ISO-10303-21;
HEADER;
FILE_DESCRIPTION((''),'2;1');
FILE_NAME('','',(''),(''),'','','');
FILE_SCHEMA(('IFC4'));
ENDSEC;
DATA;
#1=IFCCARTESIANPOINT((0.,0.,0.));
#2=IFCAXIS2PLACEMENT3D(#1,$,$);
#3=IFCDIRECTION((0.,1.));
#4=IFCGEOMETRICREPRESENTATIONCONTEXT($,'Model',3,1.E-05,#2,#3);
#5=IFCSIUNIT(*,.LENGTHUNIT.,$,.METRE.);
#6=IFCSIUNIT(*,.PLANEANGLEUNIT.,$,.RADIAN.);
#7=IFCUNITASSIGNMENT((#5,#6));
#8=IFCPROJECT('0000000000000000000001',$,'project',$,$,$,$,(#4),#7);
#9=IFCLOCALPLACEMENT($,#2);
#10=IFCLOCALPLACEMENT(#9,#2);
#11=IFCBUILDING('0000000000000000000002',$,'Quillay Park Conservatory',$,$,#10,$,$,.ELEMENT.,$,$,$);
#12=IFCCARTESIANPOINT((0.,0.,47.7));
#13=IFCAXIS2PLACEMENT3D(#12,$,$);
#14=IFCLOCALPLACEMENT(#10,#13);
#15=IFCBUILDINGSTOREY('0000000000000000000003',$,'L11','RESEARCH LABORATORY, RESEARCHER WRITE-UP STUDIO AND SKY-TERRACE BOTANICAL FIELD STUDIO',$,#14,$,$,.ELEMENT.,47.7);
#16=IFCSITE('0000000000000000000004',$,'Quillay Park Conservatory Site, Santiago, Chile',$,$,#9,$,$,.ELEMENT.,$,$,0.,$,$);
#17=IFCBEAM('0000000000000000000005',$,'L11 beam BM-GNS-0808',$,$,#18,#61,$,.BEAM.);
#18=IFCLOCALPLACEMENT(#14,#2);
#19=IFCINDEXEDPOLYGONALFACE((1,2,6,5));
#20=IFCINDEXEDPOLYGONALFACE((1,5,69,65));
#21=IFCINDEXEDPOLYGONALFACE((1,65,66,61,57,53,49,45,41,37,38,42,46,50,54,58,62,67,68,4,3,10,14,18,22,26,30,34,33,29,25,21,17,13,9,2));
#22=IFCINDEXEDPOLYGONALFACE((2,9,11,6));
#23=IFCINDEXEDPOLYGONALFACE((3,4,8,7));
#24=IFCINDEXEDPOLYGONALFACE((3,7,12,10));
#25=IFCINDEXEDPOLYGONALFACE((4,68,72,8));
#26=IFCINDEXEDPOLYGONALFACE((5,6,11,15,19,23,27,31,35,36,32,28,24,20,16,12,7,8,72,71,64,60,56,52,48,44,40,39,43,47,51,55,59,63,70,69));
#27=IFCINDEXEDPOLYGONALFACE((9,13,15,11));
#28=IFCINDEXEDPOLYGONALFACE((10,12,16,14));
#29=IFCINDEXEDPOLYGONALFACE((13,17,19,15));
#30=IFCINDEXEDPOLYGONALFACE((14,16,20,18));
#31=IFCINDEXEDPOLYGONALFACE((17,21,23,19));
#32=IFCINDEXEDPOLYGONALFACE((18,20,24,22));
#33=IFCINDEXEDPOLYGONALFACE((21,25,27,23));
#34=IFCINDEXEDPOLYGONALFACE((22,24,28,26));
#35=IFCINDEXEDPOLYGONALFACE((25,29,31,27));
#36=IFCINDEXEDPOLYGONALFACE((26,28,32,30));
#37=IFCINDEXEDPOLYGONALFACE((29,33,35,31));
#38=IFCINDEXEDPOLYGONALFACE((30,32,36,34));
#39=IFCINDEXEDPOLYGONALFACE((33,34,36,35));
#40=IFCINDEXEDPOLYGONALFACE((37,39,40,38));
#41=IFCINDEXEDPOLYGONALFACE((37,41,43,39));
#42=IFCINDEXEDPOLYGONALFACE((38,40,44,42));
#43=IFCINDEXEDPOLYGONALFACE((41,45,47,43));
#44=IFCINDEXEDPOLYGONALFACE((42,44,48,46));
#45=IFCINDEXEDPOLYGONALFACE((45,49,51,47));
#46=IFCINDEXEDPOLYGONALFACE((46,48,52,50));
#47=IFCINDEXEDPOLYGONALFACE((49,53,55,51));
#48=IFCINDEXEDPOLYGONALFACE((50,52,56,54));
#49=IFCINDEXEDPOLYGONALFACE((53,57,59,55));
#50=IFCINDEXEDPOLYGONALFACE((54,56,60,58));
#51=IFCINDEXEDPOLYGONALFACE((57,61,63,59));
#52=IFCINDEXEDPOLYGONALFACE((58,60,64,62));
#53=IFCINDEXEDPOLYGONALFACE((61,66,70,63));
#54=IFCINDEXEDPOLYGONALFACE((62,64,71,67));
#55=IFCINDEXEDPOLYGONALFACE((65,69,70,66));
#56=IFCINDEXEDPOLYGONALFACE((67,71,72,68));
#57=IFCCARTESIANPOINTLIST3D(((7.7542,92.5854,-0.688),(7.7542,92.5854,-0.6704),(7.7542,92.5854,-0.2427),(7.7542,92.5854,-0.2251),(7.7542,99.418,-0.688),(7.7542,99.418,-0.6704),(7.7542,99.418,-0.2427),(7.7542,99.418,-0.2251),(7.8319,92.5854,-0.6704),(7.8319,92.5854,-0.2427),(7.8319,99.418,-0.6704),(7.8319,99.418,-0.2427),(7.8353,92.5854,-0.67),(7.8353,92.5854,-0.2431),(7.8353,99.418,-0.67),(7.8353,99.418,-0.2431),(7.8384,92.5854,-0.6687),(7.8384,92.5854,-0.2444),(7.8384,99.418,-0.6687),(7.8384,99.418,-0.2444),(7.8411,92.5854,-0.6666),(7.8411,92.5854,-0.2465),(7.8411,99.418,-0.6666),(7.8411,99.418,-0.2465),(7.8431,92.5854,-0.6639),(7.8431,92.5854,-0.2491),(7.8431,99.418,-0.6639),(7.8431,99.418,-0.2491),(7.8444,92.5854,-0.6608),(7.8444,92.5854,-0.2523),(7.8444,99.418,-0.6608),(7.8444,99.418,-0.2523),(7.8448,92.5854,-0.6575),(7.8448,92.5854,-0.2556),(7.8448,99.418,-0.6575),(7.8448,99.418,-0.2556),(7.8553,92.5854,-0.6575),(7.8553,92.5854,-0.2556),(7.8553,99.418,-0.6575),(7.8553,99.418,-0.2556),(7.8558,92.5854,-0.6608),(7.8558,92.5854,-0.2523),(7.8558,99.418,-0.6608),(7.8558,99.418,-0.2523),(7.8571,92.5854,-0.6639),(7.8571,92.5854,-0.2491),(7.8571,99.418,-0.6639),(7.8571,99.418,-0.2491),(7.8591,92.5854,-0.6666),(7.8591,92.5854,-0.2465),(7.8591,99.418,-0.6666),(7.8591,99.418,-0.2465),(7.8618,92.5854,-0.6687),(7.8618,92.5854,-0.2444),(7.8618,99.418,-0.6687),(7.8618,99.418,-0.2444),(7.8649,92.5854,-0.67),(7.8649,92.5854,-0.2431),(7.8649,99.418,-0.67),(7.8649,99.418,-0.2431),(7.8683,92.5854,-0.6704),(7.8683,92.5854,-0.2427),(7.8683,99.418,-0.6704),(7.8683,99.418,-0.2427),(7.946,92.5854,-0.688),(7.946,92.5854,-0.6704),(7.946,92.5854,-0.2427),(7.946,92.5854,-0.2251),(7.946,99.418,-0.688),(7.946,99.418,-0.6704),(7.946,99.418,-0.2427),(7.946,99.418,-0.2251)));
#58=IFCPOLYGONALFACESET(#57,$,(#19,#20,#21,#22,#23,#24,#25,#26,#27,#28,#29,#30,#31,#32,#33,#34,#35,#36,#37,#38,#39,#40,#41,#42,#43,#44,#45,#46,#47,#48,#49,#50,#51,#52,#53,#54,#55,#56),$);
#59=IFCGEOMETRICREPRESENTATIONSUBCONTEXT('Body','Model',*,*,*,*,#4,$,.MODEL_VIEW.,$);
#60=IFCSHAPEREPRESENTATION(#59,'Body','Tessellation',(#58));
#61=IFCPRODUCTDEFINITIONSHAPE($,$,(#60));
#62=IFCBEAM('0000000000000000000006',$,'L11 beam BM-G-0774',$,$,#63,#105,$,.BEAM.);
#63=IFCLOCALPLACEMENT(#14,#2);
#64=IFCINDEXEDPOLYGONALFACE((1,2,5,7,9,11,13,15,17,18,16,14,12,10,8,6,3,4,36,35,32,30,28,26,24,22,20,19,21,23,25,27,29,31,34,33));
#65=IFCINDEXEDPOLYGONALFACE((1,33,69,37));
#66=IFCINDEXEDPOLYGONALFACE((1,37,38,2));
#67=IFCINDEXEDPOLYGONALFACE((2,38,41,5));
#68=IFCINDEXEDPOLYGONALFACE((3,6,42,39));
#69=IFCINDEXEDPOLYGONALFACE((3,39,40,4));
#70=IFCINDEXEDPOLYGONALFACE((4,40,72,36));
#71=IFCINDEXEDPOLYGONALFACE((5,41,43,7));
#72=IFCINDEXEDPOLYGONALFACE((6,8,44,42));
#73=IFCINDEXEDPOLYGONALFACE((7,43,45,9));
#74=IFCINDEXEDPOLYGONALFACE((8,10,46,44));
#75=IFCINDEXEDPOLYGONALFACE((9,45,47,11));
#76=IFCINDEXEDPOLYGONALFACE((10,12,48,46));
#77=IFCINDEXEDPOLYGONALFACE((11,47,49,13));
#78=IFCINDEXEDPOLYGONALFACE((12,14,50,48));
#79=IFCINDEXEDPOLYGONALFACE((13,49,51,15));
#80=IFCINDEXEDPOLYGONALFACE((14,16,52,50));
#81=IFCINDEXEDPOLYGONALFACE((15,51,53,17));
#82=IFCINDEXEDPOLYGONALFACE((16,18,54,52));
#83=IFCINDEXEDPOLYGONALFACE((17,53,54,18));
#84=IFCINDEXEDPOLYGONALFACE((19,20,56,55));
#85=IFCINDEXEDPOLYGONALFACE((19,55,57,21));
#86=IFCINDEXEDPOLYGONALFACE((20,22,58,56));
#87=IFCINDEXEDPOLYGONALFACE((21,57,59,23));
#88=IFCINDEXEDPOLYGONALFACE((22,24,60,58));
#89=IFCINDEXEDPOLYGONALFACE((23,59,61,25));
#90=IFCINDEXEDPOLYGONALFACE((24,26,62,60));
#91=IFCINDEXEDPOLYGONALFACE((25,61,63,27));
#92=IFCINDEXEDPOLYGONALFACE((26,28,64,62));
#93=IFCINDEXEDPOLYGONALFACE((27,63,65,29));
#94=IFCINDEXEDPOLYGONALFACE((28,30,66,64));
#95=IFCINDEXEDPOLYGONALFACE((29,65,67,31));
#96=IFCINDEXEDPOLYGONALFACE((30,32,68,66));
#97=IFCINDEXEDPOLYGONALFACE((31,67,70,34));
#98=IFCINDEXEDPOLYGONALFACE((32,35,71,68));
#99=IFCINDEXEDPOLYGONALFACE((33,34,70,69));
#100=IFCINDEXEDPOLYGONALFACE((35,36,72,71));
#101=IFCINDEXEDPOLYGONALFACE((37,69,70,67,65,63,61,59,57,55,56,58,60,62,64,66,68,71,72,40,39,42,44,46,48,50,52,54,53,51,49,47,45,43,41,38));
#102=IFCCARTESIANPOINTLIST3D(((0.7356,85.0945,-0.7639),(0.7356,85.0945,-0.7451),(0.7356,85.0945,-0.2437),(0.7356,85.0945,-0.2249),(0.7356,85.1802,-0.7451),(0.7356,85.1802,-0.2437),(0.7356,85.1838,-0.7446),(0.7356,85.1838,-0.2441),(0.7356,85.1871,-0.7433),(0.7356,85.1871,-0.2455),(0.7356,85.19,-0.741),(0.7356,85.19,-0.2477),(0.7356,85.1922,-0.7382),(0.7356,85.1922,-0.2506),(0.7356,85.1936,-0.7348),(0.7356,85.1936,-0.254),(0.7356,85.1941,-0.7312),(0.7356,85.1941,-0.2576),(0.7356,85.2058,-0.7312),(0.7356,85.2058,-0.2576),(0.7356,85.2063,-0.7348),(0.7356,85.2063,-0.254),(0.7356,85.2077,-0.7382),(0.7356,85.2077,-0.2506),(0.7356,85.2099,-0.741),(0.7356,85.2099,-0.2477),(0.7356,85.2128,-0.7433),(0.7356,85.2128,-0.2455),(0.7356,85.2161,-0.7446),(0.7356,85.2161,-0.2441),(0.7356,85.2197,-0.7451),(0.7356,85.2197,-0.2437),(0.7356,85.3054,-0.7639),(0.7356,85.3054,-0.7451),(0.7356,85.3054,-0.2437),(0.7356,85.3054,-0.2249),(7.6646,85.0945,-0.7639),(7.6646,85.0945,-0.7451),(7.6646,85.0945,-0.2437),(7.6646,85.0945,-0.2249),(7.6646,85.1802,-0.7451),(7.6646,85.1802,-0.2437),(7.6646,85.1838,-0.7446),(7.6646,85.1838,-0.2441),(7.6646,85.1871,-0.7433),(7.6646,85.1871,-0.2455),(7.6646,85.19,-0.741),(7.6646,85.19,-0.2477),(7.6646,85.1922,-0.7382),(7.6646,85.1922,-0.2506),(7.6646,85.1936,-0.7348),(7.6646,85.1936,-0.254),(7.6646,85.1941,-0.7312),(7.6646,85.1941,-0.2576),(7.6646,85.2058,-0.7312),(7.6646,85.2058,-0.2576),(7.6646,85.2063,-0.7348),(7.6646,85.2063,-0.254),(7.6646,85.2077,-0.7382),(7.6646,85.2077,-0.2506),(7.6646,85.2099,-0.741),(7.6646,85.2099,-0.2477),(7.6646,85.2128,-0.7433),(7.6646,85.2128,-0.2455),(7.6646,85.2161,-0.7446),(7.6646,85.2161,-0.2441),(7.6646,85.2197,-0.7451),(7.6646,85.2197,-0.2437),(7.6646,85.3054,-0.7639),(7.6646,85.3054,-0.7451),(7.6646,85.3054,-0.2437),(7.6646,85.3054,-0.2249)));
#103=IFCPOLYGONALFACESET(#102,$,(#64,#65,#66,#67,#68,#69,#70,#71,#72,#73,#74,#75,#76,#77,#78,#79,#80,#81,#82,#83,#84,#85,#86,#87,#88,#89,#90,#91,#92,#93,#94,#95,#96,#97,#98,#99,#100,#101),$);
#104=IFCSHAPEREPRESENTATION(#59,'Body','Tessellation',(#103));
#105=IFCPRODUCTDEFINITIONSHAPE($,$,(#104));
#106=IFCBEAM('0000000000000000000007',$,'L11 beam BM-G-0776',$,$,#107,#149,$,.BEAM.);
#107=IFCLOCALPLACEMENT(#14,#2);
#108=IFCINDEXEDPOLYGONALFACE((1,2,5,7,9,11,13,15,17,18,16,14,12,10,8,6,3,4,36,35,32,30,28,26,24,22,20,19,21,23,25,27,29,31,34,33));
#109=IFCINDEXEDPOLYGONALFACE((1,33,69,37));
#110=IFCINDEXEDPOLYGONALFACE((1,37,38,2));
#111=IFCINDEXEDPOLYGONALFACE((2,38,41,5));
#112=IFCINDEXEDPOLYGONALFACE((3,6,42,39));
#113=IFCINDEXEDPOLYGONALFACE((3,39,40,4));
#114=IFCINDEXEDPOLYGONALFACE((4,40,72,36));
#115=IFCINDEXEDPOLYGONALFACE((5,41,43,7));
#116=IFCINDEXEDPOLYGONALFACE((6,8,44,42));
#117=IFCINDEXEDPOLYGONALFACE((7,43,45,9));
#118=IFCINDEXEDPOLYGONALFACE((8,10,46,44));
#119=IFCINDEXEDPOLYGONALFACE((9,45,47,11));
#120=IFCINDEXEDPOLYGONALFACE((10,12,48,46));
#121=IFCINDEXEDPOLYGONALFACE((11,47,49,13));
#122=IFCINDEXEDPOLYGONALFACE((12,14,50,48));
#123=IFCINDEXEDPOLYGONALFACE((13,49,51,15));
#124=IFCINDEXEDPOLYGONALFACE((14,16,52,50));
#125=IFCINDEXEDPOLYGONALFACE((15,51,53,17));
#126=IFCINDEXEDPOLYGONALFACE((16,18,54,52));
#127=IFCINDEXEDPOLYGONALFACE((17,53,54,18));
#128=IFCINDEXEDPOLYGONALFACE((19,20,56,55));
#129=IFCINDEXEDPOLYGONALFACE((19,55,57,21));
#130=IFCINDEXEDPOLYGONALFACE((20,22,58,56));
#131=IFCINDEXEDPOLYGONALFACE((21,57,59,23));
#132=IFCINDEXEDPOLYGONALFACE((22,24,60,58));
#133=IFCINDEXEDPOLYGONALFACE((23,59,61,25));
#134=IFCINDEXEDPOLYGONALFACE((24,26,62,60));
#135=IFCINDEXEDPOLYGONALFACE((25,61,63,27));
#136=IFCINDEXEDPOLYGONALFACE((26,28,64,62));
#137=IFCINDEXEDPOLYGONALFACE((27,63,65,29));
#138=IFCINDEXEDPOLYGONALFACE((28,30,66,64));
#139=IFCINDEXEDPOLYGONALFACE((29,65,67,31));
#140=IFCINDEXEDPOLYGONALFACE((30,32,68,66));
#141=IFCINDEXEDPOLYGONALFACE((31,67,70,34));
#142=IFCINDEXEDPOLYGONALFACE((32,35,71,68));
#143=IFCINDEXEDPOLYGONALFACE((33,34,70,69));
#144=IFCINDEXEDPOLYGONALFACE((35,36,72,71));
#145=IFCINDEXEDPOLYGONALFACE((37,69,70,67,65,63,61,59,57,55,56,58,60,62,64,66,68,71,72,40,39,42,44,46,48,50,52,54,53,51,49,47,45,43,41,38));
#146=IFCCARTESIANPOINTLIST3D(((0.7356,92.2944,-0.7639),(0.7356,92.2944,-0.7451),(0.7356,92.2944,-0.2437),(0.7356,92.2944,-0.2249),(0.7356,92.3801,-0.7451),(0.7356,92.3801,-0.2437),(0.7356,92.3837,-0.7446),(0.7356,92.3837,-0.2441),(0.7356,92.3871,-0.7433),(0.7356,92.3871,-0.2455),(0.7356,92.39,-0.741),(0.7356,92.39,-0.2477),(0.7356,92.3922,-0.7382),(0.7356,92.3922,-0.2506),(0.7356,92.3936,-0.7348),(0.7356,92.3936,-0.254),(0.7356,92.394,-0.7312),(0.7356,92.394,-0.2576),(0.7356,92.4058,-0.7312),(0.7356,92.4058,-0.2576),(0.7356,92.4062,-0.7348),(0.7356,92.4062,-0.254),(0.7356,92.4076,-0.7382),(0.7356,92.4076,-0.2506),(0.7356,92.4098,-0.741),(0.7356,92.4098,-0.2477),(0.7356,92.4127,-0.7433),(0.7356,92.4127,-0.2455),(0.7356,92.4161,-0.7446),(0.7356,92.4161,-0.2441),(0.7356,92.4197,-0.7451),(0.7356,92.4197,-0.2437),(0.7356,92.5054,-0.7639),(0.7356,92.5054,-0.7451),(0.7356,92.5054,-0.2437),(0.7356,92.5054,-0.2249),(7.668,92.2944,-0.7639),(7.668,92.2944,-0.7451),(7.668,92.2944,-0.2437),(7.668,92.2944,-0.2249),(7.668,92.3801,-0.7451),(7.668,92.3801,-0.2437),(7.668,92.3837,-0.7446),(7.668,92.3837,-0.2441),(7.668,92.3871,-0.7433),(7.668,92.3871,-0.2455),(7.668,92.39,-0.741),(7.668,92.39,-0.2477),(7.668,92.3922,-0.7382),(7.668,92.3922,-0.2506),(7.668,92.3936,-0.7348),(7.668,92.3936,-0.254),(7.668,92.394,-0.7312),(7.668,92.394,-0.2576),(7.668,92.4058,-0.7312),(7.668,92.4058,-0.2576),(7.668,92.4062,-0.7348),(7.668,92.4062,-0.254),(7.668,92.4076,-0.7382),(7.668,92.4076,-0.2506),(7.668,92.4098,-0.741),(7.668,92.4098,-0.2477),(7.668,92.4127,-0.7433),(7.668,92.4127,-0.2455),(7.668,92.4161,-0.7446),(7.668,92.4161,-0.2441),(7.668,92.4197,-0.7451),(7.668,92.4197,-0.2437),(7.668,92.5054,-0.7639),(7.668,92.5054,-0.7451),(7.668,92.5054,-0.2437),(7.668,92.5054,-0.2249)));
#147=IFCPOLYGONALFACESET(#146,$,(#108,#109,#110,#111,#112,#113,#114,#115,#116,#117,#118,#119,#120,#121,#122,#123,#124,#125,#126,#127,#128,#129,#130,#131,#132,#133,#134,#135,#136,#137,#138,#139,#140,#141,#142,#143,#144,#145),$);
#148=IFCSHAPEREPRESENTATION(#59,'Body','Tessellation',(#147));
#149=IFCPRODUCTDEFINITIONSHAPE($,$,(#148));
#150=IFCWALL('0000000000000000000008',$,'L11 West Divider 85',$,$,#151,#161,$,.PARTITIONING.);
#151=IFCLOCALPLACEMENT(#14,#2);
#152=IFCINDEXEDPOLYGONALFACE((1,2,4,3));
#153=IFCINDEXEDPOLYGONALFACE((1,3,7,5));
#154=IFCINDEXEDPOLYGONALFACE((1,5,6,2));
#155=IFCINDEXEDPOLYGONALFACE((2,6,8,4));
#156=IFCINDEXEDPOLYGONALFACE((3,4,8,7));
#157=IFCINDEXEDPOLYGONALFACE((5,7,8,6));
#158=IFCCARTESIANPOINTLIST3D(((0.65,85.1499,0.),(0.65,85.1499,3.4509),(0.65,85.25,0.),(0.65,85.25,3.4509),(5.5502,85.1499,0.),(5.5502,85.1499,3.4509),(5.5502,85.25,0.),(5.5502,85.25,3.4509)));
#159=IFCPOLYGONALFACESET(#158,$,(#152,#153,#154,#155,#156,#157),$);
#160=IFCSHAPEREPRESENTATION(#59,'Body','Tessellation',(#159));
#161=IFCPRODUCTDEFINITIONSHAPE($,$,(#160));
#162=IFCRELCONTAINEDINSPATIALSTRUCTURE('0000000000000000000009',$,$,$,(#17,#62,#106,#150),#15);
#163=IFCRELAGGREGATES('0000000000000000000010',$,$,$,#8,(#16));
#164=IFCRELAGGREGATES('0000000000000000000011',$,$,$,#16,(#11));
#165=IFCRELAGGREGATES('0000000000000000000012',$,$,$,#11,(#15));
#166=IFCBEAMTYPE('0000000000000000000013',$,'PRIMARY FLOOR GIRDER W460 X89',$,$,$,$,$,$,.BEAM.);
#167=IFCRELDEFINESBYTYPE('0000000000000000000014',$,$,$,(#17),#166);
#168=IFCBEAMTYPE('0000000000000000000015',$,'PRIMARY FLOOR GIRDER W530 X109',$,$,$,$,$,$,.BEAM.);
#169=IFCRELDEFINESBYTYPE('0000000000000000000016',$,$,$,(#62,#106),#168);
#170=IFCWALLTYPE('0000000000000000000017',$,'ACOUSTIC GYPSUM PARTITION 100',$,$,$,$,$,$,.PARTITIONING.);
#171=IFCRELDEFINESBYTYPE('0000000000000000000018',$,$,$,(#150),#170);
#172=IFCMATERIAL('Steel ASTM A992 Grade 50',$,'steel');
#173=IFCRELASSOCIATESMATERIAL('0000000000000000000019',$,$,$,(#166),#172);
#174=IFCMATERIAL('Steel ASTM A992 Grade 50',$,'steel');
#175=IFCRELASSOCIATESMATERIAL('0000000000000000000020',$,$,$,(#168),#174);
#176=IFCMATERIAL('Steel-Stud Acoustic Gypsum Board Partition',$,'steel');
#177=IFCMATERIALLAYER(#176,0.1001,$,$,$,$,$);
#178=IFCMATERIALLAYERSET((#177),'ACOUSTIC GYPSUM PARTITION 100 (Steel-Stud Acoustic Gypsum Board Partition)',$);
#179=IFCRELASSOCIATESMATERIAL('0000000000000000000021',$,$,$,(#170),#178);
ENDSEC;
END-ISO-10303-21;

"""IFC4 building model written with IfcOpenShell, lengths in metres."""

from ifc_helpers import new_model, si_unit, direction, frame, frame_2d, origin, origin_2d, place, context, subcontext, project, spatial, rectangle, i_section, extrude, material, layer, layer_set, material_profile, profile_set, type_object, element, save


model = new_model("IFC4")

# Units and contexts
model_context = context("Model", 3, precision=1e-05, world=origin(), true_north=direction((0.0, 1.0)))
body_context = subcontext(model_context, "Body", "Model", "MODEL_VIEW")
ifc_project = project(units=[si_unit("LENGTHUNIT", "METRE"), si_unit("PLANEANGLEUNIT", "RADIAN")], contexts=[model_context])

# Site, building, storey
site_placement = place(None, origin())
site = spatial("IfcSite", under=ifc_project, at=site_placement, Name="Quillay Park Conservatory Site, Santiago, Chile", CompositionType="ELEMENT", RefElevation=0.0)
building_placement = place(site_placement, origin())
building = spatial("IfcBuilding", under=site, at=building_placement, Name="Quillay Park Conservatory", CompositionType="ELEMENT")
storey_placement = place(building_placement, frame((0.0, 0.0, 47.7)))
storey = spatial("IfcBuildingStorey", under=building, at=storey_placement, Name="L11", Description="RESEARCH LABORATORY, RESEARCHER WRITE-UP STUDIO AND SKY-TERRACE BOTANICAL FIELD STUDIO", CompositionType="ELEMENT", Elevation=47.7)

# Beams
ifc_material_1 = material(Name="Steel ASTM A992 Grade 50", Category="steel")
ifc_material_profile_1 = material_profile(ifc_material_1, i_section(OverallWidth=0.1919, OverallDepth=0.4629, WebThickness=0.0105, FlangeThickness=0.0176, FilletRadius=0.0129, at=origin_2d()), Name="W460x89")
ifc_profile_set_1 = profile_set([ifc_material_profile_1], Name="Steel ASTM A992 Grade 50")
beam_type_1 = type_object("IfcBeamType", Name="PRIMARY FLOOR GIRDER W460 X89", PredefinedType="BEAM", material=ifc_profile_set_1)
for number, where, z_axis, x_axis, name in (
    (1, (7.8501, 92.5854, -0.4565), (0.0, 1.0, 0.0), (-1.0, 0.0, 0.0), "L11 beam BM-GNS-0808"),
):
    element("IfcBeam", number, at=place(storey_placement, frame(where, z_axis=z_axis, x_axis=x_axis)), inside=storey, type_object=beam_type_1, Name=name, PredefinedType="BEAM", context=body_context, shape_type="SweptSolid", body=[
        extrude(i_section(OverallWidth=0.1919, OverallDepth=0.4629, WebThickness=0.0105, FlangeThickness=0.0176, FilletRadius=0.0129, at=origin_2d()), origin(), (0.0, 0.0, 1.0), 6.8325),
    ])
ifc_material_2 = material(Name="Steel ASTM A992 Grade 50", Category="steel")
ifc_material_profile_2 = material_profile(ifc_material_2, i_section(OverallWidth=0.2109, OverallDepth=0.5391, WebThickness=0.0117, FlangeThickness=0.0188, FilletRadius=0.0139, at=origin_2d()), Name="W530x109")
ifc_profile_set_2 = profile_set([ifc_material_profile_2], Name="Steel ASTM A992 Grade 50")
beam_type_2 = type_object("IfcBeamType", Name="PRIMARY FLOOR GIRDER W530 X109", PredefinedType="BEAM", material=ifc_profile_set_2)
beam_1_placement = place(storey_placement, frame((0.7356, 85.2, -0.4944), z_axis=(1.0, 0.0, 0.0), x_axis=(0.0, 1.0, 0.0)))
element("IfcBeam", 2, at=beam_1_placement, inside=storey, type_object=beam_type_2, Name="L11 beam BM-G-0774", PredefinedType="BEAM", context=body_context, shape_type="SweptSolid", body=[
    extrude(i_section(OverallWidth=0.2109, OverallDepth=0.5391, WebThickness=0.0117, FlangeThickness=0.0188, FilletRadius=0.0139, at=origin_2d()), origin(), (0.0, 0.0, 1.0), 6.929),
])
beam_2_placement = place(storey_placement, frame((0.7356, 92.3999, -0.4944), z_axis=(1.0, 0.0, 0.0), x_axis=(0.0, 1.0, 0.0)))
element("IfcBeam", 3, at=beam_2_placement, inside=storey, type_object=beam_type_2, Name="L11 beam BM-G-0776", PredefinedType="BEAM", context=body_context, shape_type="SweptSolid", body=[
    extrude(i_section(OverallWidth=0.2109, OverallDepth=0.5391, WebThickness=0.0117, FlangeThickness=0.0188, FilletRadius=0.0139, at=origin_2d()), origin(), (0.0, 0.0, 1.0), 6.9324),
])

# Wall
ifc_material_3 = material(Name="Steel-Stud Acoustic Gypsum Board Partition", Category="steel")
ifc_layer_1 = layer(ifc_material_3, 0.1001)
ifc_layer_set_1 = layer_set([ifc_layer_1], Name="ACOUSTIC GYPSUM PARTITION 100 (Steel-Stud Acoustic Gypsum Board Partition)")
wall_type_1 = type_object("IfcWallType", Name="ACOUSTIC GYPSUM PARTITION 100", PredefinedType="PARTITIONING", material=ifc_layer_set_1)
wall_1_placement = place(storey_placement, frame((0.6499, 85.2, 0.0), z_axis=(0.0, 0.0, 1.0), x_axis=(1.0, 0.0, 0.0)))
element("IfcWall", 4, at=wall_1_placement, inside=storey, type_object=wall_type_1, Name="L11 West Divider 85", PredefinedType="PARTITIONING", context=body_context, shape_type="SweptSolid", body=[
    extrude(rectangle(XDim=4.9001, YDim=0.1001, at=frame_2d((2.4502, 0.0))), origin(), (0.0, 0.0, 1.0), 3.4509),
])

save(model, "model.ifc")
